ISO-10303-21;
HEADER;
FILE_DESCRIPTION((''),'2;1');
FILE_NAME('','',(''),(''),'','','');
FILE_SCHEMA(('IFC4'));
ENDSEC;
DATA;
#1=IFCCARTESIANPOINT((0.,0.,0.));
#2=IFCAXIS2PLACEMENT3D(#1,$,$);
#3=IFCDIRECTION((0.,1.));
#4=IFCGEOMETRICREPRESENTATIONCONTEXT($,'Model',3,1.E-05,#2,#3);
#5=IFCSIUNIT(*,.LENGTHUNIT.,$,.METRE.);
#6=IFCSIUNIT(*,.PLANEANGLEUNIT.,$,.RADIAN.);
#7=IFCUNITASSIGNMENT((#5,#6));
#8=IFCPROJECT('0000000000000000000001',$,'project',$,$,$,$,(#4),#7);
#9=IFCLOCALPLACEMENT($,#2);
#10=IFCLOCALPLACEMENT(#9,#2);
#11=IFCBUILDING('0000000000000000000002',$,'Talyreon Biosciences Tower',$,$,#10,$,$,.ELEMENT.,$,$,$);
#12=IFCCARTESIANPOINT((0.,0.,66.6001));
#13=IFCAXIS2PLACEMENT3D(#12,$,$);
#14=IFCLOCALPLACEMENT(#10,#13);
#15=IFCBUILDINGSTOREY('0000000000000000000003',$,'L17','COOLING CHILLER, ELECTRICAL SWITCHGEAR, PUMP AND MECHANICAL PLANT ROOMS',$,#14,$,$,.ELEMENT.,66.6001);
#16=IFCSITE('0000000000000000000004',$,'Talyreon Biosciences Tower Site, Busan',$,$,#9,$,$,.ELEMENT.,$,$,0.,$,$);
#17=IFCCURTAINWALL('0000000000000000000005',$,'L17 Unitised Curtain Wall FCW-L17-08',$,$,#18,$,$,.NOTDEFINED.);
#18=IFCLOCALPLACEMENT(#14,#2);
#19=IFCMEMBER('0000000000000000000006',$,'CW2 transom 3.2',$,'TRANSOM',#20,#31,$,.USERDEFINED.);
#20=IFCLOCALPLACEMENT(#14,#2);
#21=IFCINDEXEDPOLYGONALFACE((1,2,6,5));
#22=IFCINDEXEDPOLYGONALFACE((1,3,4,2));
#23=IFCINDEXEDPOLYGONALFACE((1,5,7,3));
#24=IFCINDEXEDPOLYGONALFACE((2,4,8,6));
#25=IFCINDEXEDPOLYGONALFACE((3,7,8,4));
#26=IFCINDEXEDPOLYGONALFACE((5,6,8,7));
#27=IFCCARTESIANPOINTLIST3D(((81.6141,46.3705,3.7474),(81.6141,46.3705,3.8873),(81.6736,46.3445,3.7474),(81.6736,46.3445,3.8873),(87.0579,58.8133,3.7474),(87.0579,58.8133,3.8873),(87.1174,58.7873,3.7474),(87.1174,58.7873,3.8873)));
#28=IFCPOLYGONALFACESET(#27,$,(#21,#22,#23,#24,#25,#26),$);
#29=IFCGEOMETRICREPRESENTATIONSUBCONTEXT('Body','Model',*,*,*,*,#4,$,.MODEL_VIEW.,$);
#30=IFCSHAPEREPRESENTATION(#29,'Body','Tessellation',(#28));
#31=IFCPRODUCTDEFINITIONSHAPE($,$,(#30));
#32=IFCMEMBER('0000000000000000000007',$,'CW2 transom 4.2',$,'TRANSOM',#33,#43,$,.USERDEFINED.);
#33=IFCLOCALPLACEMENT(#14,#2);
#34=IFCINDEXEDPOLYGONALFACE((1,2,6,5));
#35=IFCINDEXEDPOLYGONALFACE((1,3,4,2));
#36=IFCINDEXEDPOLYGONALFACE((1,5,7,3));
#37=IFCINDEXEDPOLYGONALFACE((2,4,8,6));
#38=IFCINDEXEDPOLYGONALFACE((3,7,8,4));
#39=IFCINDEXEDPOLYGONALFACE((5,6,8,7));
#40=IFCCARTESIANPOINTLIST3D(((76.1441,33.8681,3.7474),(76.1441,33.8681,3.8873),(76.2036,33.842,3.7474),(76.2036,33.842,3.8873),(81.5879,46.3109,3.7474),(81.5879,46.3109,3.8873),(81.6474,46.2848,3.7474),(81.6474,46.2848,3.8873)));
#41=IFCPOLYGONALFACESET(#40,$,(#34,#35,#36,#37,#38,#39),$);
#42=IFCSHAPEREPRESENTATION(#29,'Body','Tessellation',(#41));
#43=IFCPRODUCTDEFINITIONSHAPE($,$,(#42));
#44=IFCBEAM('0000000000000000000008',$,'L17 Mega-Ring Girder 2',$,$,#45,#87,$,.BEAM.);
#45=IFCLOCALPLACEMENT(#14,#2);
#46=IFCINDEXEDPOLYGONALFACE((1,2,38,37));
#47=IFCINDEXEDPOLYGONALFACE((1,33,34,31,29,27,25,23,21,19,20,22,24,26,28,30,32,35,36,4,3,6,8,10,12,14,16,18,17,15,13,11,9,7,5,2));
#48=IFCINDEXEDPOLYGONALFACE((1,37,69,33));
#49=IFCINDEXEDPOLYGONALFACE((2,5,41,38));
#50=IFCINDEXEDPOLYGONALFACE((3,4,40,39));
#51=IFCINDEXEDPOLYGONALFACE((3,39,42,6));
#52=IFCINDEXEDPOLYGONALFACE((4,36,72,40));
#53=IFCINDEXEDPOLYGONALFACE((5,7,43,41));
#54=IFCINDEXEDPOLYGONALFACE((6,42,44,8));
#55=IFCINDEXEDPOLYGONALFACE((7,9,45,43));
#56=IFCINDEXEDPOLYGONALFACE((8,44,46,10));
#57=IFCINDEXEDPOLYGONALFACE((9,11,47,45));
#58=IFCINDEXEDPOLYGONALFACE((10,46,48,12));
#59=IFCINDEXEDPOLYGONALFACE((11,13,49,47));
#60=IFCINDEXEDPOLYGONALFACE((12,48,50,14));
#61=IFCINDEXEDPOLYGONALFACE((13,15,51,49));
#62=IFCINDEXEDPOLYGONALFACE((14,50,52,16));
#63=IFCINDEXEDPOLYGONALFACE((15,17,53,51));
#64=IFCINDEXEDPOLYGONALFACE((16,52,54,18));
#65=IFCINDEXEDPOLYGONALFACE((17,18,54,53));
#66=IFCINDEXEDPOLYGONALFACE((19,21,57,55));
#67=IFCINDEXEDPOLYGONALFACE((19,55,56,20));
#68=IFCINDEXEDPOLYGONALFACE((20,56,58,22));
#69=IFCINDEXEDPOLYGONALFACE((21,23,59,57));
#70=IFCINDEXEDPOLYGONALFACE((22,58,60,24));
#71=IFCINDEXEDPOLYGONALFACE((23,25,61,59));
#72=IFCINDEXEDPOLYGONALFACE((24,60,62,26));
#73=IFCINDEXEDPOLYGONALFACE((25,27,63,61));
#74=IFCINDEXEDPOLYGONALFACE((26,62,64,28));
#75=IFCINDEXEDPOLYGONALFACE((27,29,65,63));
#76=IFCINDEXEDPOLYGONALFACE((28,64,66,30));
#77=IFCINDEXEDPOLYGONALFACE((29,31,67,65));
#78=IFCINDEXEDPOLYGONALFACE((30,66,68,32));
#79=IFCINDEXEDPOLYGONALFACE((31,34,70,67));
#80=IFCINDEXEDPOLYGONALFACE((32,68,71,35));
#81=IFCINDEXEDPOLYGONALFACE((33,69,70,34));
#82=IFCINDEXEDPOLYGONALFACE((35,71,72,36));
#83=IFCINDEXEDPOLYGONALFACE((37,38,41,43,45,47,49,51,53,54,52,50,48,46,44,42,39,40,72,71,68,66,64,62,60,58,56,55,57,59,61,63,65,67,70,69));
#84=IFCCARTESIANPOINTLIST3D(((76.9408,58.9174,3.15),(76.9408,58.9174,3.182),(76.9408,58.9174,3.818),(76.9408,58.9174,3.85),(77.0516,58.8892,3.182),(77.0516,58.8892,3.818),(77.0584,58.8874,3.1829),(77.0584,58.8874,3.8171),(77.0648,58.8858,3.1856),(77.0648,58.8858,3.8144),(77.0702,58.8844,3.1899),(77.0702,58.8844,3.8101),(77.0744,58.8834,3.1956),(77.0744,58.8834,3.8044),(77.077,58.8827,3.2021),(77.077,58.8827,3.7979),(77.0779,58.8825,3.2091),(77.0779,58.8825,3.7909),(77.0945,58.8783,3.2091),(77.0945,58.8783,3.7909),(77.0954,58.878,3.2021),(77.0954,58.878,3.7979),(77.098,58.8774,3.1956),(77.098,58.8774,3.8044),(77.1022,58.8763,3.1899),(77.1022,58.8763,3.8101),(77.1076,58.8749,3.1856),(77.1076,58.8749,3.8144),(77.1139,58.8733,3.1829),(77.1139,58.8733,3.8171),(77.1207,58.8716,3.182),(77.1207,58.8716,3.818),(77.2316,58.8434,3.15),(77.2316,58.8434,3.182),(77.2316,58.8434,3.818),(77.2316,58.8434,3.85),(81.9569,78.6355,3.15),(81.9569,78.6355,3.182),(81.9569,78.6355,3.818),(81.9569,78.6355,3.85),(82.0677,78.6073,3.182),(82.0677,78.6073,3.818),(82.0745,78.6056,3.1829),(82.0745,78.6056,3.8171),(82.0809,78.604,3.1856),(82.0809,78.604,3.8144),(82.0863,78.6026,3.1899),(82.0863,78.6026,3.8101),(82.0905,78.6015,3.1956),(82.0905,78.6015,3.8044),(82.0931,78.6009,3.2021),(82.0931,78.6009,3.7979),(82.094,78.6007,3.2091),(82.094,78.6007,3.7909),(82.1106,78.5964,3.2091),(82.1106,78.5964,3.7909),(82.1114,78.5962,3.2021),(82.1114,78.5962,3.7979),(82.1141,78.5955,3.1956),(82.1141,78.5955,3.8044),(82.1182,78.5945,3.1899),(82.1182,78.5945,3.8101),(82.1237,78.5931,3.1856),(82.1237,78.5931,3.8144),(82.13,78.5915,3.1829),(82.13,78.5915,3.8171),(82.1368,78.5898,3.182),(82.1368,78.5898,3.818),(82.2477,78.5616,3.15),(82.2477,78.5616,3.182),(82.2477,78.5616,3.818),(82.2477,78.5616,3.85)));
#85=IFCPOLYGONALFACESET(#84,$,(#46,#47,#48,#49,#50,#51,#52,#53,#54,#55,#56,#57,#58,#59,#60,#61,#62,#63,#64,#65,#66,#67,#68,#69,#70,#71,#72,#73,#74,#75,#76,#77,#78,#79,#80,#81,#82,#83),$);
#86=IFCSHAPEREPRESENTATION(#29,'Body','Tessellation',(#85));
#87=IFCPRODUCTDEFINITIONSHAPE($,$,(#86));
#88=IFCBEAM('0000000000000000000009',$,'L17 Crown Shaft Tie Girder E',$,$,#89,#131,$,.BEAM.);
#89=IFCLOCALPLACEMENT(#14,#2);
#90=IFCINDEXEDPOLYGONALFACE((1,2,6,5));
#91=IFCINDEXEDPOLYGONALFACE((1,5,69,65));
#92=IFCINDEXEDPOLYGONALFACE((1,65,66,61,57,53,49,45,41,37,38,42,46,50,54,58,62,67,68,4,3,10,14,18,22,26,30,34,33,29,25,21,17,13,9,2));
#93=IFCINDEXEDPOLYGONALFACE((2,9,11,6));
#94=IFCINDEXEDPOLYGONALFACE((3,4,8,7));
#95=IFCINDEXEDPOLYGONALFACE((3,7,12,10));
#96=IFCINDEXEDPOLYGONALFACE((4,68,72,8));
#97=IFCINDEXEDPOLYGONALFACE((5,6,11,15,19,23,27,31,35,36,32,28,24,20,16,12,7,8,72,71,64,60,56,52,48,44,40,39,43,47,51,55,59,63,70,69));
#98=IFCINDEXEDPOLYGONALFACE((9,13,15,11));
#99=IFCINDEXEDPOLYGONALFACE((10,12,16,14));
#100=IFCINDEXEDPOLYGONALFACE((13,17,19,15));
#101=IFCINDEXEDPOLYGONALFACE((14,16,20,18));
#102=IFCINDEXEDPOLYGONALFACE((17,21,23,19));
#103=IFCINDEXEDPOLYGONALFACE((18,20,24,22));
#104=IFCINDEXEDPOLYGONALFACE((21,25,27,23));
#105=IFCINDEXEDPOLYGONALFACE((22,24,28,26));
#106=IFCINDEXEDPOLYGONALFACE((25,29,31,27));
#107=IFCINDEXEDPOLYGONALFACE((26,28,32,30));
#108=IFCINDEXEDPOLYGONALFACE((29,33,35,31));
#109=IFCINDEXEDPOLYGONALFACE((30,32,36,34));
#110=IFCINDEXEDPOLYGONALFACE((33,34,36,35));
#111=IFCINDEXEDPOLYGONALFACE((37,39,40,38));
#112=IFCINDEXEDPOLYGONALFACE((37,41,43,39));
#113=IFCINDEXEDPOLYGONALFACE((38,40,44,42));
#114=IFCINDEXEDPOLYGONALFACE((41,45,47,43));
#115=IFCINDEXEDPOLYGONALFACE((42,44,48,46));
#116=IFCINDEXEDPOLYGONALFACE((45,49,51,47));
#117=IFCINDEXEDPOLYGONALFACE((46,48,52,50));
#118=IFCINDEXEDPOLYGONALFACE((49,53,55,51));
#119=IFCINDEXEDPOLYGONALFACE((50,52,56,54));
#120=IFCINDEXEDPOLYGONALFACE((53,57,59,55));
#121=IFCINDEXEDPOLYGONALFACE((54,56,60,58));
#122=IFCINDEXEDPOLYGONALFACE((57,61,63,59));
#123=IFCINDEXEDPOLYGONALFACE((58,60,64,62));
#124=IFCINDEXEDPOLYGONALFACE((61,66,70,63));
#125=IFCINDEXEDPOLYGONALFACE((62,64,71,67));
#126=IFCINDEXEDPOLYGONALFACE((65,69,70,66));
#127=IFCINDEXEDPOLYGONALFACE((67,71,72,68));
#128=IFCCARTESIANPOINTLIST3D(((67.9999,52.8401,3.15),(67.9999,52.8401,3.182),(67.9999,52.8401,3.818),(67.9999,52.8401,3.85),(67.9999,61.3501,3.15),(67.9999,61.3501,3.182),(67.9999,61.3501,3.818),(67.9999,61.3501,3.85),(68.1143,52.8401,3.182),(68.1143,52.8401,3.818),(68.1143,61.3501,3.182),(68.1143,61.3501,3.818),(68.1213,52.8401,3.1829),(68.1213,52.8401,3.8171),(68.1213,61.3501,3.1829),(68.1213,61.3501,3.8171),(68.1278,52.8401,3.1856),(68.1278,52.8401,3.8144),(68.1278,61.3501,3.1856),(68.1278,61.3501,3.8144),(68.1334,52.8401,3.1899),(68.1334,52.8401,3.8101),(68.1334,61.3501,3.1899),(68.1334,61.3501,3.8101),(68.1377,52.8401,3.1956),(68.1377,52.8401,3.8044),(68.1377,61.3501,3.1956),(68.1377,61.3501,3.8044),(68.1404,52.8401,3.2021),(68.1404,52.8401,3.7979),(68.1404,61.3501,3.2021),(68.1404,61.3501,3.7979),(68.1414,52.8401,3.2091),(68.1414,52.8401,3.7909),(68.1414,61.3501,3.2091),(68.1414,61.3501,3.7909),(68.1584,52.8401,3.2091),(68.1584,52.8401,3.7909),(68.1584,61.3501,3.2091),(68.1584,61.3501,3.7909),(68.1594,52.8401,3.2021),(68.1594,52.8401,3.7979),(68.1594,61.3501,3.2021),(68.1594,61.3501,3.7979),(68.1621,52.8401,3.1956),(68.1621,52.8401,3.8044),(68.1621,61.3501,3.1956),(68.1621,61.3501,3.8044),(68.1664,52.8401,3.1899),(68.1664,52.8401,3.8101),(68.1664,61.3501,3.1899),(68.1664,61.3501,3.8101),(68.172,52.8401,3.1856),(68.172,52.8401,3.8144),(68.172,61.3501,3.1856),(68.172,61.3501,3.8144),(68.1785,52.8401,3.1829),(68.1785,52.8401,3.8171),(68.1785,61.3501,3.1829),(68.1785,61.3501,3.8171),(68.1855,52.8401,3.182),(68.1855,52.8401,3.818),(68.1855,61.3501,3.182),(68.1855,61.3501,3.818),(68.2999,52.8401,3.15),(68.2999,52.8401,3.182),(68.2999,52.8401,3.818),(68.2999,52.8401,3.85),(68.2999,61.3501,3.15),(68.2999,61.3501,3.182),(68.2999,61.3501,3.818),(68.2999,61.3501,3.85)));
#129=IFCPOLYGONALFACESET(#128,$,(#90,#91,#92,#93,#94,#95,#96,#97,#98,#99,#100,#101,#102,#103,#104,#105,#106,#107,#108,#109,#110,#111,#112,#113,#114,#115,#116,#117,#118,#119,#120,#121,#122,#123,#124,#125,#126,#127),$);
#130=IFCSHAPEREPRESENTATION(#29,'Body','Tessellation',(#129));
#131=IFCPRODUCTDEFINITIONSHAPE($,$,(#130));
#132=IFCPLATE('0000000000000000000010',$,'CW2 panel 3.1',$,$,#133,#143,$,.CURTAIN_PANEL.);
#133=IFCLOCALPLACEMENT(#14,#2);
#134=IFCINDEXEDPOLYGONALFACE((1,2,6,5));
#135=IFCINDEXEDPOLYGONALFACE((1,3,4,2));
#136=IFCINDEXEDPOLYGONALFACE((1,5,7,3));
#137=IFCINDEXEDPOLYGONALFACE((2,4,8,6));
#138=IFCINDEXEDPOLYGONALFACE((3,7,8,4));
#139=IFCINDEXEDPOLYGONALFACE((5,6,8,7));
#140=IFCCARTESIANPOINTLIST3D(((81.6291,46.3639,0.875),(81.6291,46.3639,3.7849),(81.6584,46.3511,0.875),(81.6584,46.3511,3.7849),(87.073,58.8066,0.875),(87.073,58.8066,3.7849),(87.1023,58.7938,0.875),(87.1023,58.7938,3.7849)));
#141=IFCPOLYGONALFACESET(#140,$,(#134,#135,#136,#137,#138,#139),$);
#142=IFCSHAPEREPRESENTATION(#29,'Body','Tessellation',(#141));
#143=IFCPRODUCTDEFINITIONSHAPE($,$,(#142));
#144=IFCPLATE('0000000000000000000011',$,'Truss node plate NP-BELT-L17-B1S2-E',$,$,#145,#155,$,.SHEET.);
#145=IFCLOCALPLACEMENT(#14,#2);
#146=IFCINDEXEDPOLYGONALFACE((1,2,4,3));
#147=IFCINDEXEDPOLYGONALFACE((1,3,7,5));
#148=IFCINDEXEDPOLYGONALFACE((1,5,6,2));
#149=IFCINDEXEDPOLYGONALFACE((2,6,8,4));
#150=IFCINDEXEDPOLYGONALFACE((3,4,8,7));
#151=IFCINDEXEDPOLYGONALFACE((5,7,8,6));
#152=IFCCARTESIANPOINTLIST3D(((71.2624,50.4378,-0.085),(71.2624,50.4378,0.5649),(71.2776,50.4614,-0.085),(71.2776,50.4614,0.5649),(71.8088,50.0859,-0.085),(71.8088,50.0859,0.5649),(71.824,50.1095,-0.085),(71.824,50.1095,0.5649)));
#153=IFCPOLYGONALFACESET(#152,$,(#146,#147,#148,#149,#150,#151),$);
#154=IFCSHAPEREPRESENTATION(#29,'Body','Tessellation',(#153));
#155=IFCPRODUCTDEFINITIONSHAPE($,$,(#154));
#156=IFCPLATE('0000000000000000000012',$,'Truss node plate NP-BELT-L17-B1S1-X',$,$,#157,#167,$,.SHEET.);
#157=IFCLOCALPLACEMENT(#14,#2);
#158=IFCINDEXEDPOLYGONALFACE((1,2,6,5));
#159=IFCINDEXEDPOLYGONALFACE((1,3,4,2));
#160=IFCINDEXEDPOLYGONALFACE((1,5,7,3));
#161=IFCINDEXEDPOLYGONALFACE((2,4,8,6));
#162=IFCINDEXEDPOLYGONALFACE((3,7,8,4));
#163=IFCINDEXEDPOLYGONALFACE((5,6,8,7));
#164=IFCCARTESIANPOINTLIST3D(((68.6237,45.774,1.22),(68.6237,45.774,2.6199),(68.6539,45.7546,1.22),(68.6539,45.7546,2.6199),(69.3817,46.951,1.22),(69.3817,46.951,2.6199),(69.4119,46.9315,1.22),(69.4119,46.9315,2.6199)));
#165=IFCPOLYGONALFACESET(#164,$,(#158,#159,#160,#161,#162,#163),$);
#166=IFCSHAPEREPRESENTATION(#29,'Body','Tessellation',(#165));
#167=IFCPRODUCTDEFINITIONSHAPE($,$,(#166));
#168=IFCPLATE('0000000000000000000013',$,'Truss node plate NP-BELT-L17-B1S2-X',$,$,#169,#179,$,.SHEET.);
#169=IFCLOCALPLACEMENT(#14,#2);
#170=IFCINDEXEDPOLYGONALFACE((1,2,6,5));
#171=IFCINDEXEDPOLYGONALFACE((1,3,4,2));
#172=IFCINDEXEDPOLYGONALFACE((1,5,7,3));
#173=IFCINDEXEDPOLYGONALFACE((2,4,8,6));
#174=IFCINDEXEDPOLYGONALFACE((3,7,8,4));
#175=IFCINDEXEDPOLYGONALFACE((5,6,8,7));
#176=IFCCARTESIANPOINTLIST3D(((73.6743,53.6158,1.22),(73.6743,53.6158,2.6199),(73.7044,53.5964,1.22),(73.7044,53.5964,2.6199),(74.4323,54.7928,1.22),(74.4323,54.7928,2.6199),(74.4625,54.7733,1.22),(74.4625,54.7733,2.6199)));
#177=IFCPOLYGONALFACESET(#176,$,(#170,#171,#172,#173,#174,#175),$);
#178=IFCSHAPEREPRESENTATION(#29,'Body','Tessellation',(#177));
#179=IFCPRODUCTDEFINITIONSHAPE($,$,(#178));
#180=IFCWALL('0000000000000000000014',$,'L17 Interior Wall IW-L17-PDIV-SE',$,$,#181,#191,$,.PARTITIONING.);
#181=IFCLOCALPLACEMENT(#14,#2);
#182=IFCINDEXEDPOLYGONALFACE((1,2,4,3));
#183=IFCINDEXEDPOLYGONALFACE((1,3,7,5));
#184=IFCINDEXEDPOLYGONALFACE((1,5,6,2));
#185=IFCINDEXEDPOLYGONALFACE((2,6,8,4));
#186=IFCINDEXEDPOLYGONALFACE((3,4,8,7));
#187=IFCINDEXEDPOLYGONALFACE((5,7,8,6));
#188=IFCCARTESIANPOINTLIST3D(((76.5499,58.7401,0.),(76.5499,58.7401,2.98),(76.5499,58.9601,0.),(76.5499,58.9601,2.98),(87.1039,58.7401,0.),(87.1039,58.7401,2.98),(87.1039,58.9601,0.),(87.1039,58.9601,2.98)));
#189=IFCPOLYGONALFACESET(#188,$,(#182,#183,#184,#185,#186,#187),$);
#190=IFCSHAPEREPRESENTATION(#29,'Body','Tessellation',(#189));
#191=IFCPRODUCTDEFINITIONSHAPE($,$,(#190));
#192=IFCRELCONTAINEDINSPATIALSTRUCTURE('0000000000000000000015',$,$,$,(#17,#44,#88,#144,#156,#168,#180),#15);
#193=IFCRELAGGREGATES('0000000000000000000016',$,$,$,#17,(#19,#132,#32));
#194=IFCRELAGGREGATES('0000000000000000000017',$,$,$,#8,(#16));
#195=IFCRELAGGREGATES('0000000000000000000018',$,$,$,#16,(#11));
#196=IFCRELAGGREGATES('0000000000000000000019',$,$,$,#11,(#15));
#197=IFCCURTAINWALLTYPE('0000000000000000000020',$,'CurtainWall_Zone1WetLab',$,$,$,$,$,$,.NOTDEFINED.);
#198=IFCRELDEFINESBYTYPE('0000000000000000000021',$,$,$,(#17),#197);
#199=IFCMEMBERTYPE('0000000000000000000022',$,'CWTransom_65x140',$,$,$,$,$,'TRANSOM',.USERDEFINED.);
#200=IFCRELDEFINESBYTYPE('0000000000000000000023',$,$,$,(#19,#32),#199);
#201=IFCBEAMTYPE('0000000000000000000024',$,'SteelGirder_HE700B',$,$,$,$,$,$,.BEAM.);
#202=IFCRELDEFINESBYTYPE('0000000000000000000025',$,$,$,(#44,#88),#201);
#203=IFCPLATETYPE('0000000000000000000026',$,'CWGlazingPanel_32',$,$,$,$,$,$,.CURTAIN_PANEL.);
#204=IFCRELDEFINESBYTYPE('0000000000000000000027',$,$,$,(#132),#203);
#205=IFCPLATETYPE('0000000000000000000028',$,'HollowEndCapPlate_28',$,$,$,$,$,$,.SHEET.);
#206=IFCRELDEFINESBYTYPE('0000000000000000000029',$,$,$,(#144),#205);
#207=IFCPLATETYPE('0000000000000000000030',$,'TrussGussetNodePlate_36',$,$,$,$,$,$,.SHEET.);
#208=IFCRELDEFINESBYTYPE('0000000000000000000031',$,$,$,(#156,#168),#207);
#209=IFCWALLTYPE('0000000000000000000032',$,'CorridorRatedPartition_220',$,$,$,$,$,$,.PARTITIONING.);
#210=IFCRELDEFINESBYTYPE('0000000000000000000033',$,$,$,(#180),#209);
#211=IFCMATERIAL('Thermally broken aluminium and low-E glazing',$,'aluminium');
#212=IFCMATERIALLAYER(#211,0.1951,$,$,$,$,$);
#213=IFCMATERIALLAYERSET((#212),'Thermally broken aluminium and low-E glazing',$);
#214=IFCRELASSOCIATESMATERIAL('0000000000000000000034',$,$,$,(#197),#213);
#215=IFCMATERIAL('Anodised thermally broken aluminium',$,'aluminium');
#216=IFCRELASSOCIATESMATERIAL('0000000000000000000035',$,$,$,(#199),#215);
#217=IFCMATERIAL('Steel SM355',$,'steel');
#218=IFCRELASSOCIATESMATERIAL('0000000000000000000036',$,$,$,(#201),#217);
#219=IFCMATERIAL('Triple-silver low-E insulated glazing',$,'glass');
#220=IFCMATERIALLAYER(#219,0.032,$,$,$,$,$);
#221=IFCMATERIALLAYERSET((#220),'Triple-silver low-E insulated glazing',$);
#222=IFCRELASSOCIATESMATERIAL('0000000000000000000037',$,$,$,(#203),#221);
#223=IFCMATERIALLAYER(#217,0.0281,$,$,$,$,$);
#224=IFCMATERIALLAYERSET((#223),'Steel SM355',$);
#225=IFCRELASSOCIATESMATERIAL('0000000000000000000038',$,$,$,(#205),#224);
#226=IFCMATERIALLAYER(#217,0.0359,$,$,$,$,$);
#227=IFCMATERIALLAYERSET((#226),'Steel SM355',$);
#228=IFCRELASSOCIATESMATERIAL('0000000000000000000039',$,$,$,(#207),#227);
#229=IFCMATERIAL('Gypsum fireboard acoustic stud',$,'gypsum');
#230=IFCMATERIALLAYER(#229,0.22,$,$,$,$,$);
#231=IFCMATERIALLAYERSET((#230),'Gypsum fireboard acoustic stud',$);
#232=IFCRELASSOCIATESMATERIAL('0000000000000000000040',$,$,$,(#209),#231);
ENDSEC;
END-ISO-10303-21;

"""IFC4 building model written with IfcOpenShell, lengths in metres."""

from ifc_helpers import new_model, si_unit, direction, frame, frame_2d, origin, origin_2d, place, context, subcontext, project, spatial, rectangle, i_section, extrude, material, layer, layer_set, material_profile, profile_set, type_object, element, aggregate, save


model = new_model("IFC4")

# Units and contexts
model_context = context("Model", 3, precision=1e-05, world=origin(), true_north=direction((0.0, 1.0)))
body_context = subcontext(model_context, "Body", "Model", "MODEL_VIEW")
ifc_project = project(units=[si_unit("LENGTHUNIT", "METRE"), si_unit("PLANEANGLEUNIT", "RADIAN")], contexts=[model_context])

# Site, building, storey
site_placement = place(None, origin())
site = spatial("IfcSite", under=ifc_project, at=site_placement, Name="Talyreon Biosciences Tower Site, Busan", CompositionType="ELEMENT", RefElevation=0.0)
building_placement = place(site_placement, origin())
building = spatial("IfcBuilding", under=site, at=building_placement, Name="Talyreon Biosciences Tower", CompositionType="ELEMENT")
storey_placement = place(building_placement, frame((0.0, 0.0, 66.6001)))
storey = spatial("IfcBuildingStorey", under=building, at=storey_placement, Name="L17", Description="COOLING CHILLER, ELECTRICAL SWITCHGEAR, PUMP AND MECHANICAL PLANT ROOMS", CompositionType="ELEMENT", Elevation=66.6001)

# Shared definitions
ifc_material_1 = material(Name="Steel SM355", Category="steel")

# Curtain wall, members
ifc_material_2 = material(Name="Thermally broken aluminium and low-E glazing", Category="aluminium")
ifc_layer_1 = layer(ifc_material_2, 0.1951)
ifc_layer_set_1 = layer_set([ifc_layer_1], Name="Thermally broken aluminium and low-E glazing")
curtain_wall_type = type_object("IfcCurtainWallType", Name="CurtainWall_Zone1WetLab", PredefinedType="NOTDEFINED", material=ifc_layer_set_1)
curtain_wall_placement = place(storey_placement, origin())
curtain_wall = element("IfcCurtainWall", 1, at=curtain_wall_placement, inside=storey, type_object=curtain_wall_type, Name="L17 Unitised Curtain Wall FCW-L17-08", PredefinedType="NOTDEFINED")
ifc_material_3 = material(Name="Anodised thermally broken aluminium", Category="aluminium")
ifc_material_profile_1 = material_profile(ifc_material_3, rectangle(XDim=0.0649, YDim=0.1399, at=origin_2d()), Name="ALUM TRANSOM 65x140")
ifc_profile_set_1 = profile_set([ifc_material_profile_1], Name="Anodised thermally broken aluminium")
member_type_1 = type_object("IfcMemberType", Name="CWTransom_65x140", ElementType="TRANSOM", PredefinedType="USERDEFINED", material=ifc_profile_set_1)
member_1_placement = place(storey_placement, frame((87.0876, 58.8003, 3.8174), z_axis=(-0.400824, -0.916155, 0.0), x_axis=(0.916155, -0.400824, 0.0)))
member_1 = element("IfcMember", 2, at=member_1_placement, type_object=member_type_1, Name="CW2 transom 3.2", ObjectType="TRANSOM", PredefinedType="USERDEFINED", context=body_context, shape_type="SweptSolid", body=[
    extrude(rectangle(XDim=0.0649, YDim=0.1399, at=origin_2d()), origin(), (0.0, 0.0, 1.0), 13.5815),
])
member_2_placement = place(storey_placement, frame((81.6177, 46.2979, 3.8174), z_axis=(-0.400824, -0.916155, 0.0), x_axis=(0.916155, -0.400824, 0.0)))
member_2 = element("IfcMember", 3, at=member_2_placement, type_object=member_type_1, Name="CW2 transom 4.2", ObjectType="TRANSOM", PredefinedType="USERDEFINED", context=body_context, shape_type="SweptSolid", body=[
    extrude(rectangle(XDim=0.0649, YDim=0.1399, at=origin_2d()), origin(), (0.0, 0.0, 1.0), 13.5815),
])

# Beams
ifc_material_profile_2 = material_profile(ifc_material_1, i_section(OverallWidth=0.3, OverallDepth=0.7, WebThickness=0.0171, FlangeThickness=0.032, FilletRadius=0.0271, at=origin_2d()), Name="HE700B")
ifc_profile_set_2 = profile_set([ifc_material_profile_2], Name="Steel SM355")
beam_type = type_object("IfcBeamType", Name="SteelGirder_HE700B", PredefinedType="BEAM", material=ifc_profile_set_2)
beam_1_placement = place(storey_placement, frame((77.0862, 58.8804, 3.5), z_axis=(0.246537, 0.969133, 0.0), x_axis=(-0.969133, 0.246537, 0.0)))
element("IfcBeam", 4, at=beam_1_placement, inside=storey, type_object=beam_type, Name="L17 Mega-Ring Girder 2", PredefinedType="BEAM", context=body_context, shape_type="SweptSolid", body=[
    extrude(i_section(OverallWidth=0.3, OverallDepth=0.7, WebThickness=0.0171, FlangeThickness=0.032, FilletRadius=0.0271, at=origin_2d()), origin(), (0.0, 0.0, 1.0), 20.3462),
])
beam_2_placement = place(storey_placement, frame((68.1499, 52.8401, 3.5), z_axis=(0.0, 1.0, 0.0), x_axis=(-1.0, 0.0, 0.0)))
element("IfcBeam", 5, at=beam_2_placement, inside=storey, type_object=beam_type, Name="L17 Crown Shaft Tie Girder E", PredefinedType="BEAM", context=body_context, shape_type="SweptSolid", body=[
    extrude(i_section(OverallWidth=0.3, OverallDepth=0.7, WebThickness=0.0171, FlangeThickness=0.032, FilletRadius=0.0271, at=origin_2d()), origin(), (0.0, 0.0, 1.0), 8.51),
])

# Plate
ifc_material_4 = material(Name="Triple-silver low-E insulated glazing", Category="glass")
ifc_layer_2 = layer(ifc_material_4, 0.032)
ifc_layer_set_2 = layer_set([ifc_layer_2], Name="Triple-silver low-E insulated glazing")
plate_type_1 = type_object("IfcPlateType", Name="CWGlazingPanel_32", PredefinedType="CURTAIN_PANEL", material=ifc_layer_set_2)
plate_1_placement = place(storey_placement, frame((84.3657, 52.5789, 0.875), z_axis=(0.0, 0.0, 1.0), x_axis=(-0.400831, -0.916152, 0.0)))
plate_1 = element("IfcPlate", 6, at=plate_1_placement, type_object=plate_type_1, Name="CW2 panel 3.1", PredefinedType="CURTAIN_PANEL", context=body_context, shape_type="SweptSolid", body=[
    extrude(rectangle(XDim=13.5815, YDim=0.032, at=origin_2d()), origin(), (0.0, 0.0, 1.0), 2.9099),
])
aggregate(curtain_wall, [member_1, plate_1, member_2])

# Plates
ifc_layer_3 = layer(ifc_material_1, 0.0281)
ifc_layer_set_3 = layer_set([ifc_layer_3], Name="Steel SM355")
plate_type_2 = type_object("IfcPlateType", Name="HollowEndCapPlate_28", PredefinedType="SHEET", material=ifc_layer_set_3)
plate_2_placement = place(storey_placement, frame((71.5432, 50.2737, -0.085), z_axis=(0.0, 0.0, 1.0), x_axis=(-0.840718, 0.541473, 0.0)))
element("IfcPlate", 7, at=plate_2_placement, inside=storey, type_object=plate_type_2, Name="Truss node plate NP-BELT-L17-B1S2-E", PredefinedType="SHEET", context=body_context, shape_type="SweptSolid", body=[
    extrude(rectangle(XDim=0.6499, YDim=0.0281, at=origin_2d()), origin(), (0.0, 0.0, 1.0), 0.6499),
])
ifc_layer_4 = layer(ifc_material_1, 0.0359)
ifc_layer_set_4 = layer_set([ifc_layer_4], Name="Steel SM355")
plate_type_3 = type_object("IfcPlateType", Name="TrussGussetNodePlate_36", PredefinedType="SHEET", material=ifc_layer_set_4)
for number, where, z_axis, x_axis, name in (
    (8, (69.0178, 46.3528, 1.22), (0.0, 0.0, 1.0), (0.541459, 0.840727, 0.0), "Truss node plate NP-BELT-L17-B1S1-X"),
    (9, (74.0684, 54.1946, 1.22), (0.0, 0.0, 1.0), (0.541473, 0.840718, 0.0), "Truss node plate NP-BELT-L17-B1S2-X"),
):
    element("IfcPlate", number, at=place(storey_placement, frame(where, z_axis=z_axis, x_axis=x_axis)), inside=storey, type_object=plate_type_3, Name=name, PredefinedType="SHEET", context=body_context, shape_type="SweptSolid", body=[
        extrude(rectangle(XDim=1.3999, YDim=0.0359, at=origin_2d()), origin(), (0.0, 0.0, 1.0), 1.3999),
    ])

# Wall
ifc_material_5 = material(Name="Gypsum fireboard acoustic stud", Category="gypsum")
ifc_layer_5 = layer(ifc_material_5, 0.22)
ifc_layer_set_5 = layer_set([ifc_layer_5], Name="Gypsum fireboard acoustic stud")
wall_type = type_object("IfcWallType", Name="CorridorRatedPartition_220", PredefinedType="PARTITIONING", material=ifc_layer_set_5)
wall_1_placement = place(storey_placement, frame((76.55, 58.8501, 0.0), z_axis=(0.0, 0.0, 1.0), x_axis=(1.0, 0.0, 0.0)))
element("IfcWall", 10, at=wall_1_placement, inside=storey, type_object=wall_type, Name="L17 Interior Wall IW-L17-PDIV-SE", PredefinedType="PARTITIONING", context=body_context, shape_type="SweptSolid", body=[
    extrude(rectangle(XDim=10.554, YDim=0.22, at=frame_2d((5.2769, 0.0))), origin(), (0.0, 0.0, 1.0), 2.98),
])

save(model, "model.ifc")
